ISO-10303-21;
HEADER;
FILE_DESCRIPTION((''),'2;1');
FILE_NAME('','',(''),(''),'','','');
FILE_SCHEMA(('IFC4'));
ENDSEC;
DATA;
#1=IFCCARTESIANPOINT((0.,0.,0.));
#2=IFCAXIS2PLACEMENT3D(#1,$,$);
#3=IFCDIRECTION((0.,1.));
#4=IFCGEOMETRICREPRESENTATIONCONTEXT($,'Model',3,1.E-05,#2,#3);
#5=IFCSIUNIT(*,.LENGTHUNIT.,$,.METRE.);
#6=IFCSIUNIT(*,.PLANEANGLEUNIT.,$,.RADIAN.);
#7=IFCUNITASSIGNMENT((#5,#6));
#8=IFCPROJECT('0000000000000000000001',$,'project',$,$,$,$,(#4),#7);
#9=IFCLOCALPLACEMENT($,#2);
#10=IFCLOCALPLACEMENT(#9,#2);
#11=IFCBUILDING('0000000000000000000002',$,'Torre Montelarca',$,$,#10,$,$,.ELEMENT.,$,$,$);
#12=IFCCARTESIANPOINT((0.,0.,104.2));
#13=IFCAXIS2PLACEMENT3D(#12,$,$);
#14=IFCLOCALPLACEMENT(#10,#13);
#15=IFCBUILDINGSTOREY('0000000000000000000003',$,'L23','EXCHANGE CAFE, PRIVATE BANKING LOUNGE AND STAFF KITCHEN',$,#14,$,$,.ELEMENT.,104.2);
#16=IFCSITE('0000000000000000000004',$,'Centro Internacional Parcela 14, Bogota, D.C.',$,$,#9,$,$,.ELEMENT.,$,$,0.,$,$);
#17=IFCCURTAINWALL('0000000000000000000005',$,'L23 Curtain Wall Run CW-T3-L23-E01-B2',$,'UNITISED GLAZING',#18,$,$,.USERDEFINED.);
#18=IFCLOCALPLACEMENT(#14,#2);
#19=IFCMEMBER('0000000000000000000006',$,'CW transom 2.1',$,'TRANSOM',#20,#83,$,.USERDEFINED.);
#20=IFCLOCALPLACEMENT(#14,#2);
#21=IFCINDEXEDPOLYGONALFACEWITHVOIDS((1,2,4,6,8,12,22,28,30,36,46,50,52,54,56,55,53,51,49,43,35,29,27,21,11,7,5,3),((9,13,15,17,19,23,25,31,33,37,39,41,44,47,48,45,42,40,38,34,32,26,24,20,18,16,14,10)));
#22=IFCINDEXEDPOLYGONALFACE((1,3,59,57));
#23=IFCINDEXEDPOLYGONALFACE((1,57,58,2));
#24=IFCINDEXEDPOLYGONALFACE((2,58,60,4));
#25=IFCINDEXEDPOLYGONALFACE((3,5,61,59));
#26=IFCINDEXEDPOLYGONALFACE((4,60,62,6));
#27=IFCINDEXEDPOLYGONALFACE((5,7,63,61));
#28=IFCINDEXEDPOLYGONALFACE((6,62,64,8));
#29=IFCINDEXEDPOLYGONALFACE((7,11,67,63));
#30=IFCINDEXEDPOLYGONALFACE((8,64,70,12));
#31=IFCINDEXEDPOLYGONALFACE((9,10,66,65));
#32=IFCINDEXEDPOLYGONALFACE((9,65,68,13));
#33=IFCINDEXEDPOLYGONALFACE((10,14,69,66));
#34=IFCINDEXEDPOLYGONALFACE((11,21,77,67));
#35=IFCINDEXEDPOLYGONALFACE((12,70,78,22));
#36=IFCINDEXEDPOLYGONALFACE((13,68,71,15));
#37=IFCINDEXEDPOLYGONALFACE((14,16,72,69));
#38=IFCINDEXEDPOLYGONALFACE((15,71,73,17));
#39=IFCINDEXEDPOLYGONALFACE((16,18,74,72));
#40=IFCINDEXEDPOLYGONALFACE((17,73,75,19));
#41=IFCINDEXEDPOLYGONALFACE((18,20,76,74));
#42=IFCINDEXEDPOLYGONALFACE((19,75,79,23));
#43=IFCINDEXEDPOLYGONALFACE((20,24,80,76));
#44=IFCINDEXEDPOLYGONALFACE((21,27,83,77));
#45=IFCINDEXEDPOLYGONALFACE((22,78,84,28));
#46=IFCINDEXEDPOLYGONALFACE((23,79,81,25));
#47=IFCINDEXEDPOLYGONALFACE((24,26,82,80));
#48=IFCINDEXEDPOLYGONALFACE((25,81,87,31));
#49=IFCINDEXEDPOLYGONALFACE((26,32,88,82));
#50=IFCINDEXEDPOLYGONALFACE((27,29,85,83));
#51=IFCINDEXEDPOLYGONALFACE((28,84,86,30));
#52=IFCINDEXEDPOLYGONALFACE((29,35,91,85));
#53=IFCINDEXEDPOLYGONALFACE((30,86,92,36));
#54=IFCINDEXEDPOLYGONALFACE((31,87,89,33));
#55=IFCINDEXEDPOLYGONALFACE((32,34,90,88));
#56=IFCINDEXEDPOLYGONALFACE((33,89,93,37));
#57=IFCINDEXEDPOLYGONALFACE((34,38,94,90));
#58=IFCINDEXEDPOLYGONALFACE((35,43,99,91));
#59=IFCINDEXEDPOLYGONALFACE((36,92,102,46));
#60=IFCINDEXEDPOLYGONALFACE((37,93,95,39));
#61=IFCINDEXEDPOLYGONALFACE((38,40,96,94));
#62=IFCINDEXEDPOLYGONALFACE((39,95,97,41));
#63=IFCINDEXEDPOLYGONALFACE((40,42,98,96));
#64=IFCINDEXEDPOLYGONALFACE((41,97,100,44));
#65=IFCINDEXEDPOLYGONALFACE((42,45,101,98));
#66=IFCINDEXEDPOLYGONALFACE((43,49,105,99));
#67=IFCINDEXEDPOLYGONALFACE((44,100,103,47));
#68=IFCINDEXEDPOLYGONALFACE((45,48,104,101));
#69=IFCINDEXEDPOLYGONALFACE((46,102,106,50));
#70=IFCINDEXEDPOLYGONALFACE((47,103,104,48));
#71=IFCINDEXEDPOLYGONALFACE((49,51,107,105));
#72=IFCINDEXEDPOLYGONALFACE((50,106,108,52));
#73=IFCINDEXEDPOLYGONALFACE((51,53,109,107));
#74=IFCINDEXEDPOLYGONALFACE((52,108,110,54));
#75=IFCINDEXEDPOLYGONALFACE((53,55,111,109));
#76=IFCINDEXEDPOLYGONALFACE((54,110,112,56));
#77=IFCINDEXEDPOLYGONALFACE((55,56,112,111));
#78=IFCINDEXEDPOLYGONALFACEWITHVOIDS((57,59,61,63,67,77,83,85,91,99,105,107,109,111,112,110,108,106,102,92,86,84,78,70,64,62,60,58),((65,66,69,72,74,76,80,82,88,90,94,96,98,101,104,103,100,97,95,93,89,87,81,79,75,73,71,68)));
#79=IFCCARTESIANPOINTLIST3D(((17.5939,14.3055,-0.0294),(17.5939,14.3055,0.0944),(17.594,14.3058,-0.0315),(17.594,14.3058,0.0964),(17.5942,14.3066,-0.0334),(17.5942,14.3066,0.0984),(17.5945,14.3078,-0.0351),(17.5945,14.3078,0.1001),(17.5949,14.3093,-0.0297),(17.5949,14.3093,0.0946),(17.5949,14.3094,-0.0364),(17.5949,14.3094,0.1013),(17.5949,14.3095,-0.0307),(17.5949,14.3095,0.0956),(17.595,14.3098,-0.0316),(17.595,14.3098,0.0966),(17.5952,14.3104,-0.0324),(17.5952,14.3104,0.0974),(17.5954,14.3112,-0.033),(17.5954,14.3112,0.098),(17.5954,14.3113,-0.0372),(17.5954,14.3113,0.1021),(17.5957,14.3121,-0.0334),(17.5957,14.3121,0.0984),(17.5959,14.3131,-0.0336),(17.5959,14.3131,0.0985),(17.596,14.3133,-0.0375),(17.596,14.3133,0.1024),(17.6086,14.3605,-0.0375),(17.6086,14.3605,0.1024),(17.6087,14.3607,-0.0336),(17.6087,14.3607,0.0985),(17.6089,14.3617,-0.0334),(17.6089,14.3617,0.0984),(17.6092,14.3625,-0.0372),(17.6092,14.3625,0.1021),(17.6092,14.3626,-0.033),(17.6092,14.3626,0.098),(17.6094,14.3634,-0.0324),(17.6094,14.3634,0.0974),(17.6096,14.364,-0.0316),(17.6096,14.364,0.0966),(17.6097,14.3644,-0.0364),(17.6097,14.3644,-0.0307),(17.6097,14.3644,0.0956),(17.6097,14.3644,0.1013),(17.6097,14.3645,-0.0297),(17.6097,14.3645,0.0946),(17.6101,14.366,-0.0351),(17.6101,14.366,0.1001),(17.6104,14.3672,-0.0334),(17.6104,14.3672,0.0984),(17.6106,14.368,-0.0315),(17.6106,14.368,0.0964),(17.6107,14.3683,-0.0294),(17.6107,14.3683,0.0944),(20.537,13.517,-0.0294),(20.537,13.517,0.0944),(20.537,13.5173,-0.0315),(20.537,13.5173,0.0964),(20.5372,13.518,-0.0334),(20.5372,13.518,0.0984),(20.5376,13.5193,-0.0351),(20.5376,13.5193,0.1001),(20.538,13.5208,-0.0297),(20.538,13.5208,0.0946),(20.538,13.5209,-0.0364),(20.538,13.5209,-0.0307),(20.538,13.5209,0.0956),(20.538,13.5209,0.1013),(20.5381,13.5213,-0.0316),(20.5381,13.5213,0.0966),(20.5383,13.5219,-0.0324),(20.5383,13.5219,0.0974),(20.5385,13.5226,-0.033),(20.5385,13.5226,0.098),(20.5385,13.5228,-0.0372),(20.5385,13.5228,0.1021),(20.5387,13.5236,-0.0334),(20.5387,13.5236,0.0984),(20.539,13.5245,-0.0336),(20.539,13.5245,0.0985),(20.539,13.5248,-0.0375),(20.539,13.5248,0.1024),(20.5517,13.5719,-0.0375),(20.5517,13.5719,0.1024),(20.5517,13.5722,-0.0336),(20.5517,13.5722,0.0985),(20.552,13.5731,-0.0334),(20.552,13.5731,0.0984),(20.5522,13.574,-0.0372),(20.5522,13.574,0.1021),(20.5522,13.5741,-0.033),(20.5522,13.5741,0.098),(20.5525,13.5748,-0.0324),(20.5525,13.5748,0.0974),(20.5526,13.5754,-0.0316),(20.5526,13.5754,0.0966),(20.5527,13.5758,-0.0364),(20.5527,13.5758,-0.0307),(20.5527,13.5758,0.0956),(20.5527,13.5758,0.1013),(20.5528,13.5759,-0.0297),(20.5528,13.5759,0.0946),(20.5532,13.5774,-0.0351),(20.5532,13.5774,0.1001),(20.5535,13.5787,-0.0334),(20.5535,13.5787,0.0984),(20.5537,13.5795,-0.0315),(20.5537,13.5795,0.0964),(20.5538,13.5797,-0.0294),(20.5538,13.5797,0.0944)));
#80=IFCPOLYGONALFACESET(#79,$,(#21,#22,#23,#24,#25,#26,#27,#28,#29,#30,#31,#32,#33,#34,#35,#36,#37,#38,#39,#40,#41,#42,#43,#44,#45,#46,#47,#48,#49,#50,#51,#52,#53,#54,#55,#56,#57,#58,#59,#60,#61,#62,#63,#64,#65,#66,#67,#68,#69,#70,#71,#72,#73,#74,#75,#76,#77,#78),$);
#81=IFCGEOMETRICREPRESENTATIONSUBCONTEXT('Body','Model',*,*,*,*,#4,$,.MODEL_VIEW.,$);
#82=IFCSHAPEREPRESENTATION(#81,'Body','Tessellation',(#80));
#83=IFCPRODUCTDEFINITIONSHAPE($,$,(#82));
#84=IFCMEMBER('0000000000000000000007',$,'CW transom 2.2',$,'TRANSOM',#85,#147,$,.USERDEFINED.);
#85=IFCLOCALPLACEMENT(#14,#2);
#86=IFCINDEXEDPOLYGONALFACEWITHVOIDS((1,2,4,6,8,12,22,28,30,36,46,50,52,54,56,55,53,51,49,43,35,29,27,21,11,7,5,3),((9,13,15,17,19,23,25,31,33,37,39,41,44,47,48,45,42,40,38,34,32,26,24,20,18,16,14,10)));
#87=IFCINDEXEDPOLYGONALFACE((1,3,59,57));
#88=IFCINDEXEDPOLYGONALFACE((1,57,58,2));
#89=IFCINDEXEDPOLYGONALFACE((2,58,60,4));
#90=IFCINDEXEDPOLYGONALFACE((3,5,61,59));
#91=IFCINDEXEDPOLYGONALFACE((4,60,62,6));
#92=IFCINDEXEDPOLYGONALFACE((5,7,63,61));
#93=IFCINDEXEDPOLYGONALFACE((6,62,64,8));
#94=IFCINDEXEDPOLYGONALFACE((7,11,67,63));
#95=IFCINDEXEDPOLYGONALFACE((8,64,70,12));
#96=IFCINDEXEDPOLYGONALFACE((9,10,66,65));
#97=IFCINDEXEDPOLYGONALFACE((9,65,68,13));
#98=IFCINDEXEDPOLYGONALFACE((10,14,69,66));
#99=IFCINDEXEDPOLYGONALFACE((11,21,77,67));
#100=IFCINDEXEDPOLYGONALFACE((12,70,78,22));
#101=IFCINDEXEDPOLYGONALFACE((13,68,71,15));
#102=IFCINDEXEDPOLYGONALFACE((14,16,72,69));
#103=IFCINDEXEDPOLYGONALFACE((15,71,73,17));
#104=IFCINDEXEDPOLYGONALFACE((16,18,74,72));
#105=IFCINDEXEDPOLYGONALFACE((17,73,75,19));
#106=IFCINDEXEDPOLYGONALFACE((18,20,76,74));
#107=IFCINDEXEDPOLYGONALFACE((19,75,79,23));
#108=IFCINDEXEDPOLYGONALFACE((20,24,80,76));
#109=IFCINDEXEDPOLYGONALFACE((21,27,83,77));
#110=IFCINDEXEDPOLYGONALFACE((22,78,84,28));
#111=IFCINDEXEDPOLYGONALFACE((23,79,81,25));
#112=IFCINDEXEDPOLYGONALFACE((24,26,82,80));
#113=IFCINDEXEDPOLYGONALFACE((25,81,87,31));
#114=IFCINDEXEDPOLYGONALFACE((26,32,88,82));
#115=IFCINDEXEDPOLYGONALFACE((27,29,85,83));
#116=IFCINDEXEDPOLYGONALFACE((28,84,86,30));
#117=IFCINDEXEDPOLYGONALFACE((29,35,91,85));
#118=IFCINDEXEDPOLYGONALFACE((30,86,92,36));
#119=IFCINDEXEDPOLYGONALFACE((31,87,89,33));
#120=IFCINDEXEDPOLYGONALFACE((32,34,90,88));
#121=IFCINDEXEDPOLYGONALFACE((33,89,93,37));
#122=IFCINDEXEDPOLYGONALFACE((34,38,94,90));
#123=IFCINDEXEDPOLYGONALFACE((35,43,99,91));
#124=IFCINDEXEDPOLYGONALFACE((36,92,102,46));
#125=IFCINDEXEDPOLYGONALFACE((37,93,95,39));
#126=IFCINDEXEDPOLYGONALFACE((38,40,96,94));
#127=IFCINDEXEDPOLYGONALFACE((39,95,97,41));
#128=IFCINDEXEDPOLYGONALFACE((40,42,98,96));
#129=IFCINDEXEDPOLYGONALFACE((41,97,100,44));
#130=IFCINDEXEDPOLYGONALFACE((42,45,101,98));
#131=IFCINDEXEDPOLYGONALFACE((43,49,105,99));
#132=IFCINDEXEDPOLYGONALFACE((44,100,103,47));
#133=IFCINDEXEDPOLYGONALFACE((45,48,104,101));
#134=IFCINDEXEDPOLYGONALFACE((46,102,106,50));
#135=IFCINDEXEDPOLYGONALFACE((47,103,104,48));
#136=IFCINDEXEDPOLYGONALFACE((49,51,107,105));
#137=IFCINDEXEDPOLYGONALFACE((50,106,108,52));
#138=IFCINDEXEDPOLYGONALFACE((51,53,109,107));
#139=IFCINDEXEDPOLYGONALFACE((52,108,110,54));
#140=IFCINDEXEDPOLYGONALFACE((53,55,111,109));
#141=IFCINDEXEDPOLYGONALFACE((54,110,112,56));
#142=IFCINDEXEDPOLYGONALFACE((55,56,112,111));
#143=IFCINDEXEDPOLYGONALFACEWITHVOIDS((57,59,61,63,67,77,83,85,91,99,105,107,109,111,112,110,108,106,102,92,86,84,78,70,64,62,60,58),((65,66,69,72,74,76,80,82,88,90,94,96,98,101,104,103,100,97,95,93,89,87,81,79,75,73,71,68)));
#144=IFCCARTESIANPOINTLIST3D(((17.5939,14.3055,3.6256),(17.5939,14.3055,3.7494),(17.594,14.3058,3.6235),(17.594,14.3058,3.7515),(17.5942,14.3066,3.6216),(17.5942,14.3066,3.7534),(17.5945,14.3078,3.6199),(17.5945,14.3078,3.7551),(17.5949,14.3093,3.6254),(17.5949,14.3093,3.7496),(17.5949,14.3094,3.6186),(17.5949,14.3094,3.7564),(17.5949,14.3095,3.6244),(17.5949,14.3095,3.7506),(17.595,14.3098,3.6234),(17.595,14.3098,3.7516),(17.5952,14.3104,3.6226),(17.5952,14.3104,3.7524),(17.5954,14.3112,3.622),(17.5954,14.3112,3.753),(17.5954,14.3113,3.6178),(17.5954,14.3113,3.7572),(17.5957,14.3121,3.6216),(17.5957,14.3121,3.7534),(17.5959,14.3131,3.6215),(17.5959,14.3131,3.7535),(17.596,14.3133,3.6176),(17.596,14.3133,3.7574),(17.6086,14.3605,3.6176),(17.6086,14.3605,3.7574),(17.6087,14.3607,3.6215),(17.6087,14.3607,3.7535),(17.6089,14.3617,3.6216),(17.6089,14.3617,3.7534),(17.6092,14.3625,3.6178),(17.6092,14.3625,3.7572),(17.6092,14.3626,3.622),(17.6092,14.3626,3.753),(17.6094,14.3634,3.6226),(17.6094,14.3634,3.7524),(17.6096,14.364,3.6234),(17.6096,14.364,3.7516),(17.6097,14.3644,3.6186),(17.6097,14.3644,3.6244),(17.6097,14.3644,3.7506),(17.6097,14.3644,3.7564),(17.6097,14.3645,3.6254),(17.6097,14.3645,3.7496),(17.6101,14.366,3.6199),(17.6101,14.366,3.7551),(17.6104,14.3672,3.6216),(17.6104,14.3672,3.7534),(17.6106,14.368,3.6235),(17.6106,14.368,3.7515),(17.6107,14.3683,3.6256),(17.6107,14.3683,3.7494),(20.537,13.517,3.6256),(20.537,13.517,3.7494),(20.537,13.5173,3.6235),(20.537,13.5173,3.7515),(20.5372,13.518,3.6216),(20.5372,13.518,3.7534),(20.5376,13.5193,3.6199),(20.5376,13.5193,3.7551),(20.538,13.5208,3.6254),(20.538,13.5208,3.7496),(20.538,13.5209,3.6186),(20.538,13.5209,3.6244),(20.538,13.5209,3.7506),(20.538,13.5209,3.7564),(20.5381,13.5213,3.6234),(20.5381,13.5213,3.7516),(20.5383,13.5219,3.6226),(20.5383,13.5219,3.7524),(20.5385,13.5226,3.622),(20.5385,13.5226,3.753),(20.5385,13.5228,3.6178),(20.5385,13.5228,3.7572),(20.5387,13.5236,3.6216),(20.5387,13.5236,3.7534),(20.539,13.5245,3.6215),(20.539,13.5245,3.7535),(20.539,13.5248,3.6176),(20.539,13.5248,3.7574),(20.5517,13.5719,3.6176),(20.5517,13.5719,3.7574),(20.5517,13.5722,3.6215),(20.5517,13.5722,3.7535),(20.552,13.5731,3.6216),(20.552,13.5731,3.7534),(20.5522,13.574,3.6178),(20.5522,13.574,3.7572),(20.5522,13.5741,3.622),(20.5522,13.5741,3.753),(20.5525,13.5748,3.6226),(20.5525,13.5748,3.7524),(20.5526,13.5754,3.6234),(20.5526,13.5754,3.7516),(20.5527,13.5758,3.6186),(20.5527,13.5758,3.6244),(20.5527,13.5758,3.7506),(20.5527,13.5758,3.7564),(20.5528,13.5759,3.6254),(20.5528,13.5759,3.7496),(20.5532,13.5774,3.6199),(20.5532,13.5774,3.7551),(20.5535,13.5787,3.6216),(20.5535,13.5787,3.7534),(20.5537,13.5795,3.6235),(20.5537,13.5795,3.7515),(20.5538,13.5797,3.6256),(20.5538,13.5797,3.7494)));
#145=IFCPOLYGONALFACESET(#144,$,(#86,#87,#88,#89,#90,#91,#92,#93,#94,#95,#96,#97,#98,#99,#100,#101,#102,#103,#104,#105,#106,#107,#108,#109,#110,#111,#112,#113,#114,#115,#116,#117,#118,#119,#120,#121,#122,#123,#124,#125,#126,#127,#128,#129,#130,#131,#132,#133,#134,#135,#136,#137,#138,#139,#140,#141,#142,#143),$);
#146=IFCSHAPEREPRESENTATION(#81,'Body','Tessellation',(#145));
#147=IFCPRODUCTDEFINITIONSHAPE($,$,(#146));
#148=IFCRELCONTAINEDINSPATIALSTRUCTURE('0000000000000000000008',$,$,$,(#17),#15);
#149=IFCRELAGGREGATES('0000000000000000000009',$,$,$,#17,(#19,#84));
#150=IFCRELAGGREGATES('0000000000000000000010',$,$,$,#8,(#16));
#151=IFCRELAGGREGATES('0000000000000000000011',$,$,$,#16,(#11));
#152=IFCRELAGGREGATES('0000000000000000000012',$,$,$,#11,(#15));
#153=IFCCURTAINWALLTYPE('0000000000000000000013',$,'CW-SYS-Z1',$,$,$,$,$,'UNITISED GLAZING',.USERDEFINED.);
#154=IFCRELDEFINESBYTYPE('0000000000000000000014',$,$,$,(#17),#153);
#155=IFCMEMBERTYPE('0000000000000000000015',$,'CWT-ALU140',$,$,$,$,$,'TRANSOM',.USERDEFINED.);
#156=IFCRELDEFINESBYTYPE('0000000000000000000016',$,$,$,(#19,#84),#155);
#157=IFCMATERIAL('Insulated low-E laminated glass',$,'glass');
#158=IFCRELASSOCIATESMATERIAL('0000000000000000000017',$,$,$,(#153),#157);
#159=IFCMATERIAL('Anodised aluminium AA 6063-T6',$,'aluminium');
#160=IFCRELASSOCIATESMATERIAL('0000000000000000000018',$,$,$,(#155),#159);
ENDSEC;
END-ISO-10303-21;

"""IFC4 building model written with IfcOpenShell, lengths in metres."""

from ifc_helpers import new_model, si_unit, direction, frame, origin, origin_2d, place, context, subcontext, project, spatial, hollow_rectangle, extrude, source, transform, mapped, material, material_profile, profile_set, type_object, element, aggregate, save


model = new_model("IFC4")

# Units and contexts
model_context = context("Model", 3, precision=1e-05, world=origin(), true_north=direction((0.0, 1.0)))
body_context = subcontext(model_context, "Body", "Model", "MODEL_VIEW")
ifc_project = project(units=[si_unit("LENGTHUNIT", "METRE"), si_unit("PLANEANGLEUNIT", "RADIAN")], contexts=[model_context])

# Site, building, storey
site_placement = place(None, origin())
site = spatial("IfcSite", under=ifc_project, at=site_placement, Name="Centro Internacional Parcela 14, Bogota, D.C.", CompositionType="ELEMENT", RefElevation=0.0)
building_placement = place(site_placement, origin())
building = spatial("IfcBuilding", under=site, at=building_placement, Name="Torre Montelarca", CompositionType="ELEMENT")
storey_placement = place(building_placement, frame((0.0, 0.0, 104.2)))
storey = spatial("IfcBuildingStorey", under=building, at=storey_placement, Name="L23", Description="EXCHANGE CAFE, PRIVATE BANKING LOUNGE AND STAFF KITCHEN", CompositionType="ELEMENT", Elevation=104.2)

# Curtain wall, members
ifc_material_1 = material(Name="Insulated low-E laminated glass", Category="glass")
curtain_wall_type = type_object("IfcCurtainWallType", Name="CW-SYS-Z1", ElementType="UNITISED GLAZING", PredefinedType="USERDEFINED", material=ifc_material_1)
ifc_material_2 = material(Name="Anodised aluminium AA 6063-T6", Category="aluminium")
ifc_material_profile_1 = material_profile(ifc_material_2, hollow_rectangle(XDim=0.0649, YDim=0.1399, WallThickness=0.0039, InnerFilletRadius=0.0039, OuterFilletRadius=0.0081, at=origin_2d()), Name="ALU65X140X4", Category="aluminium")
ifc_profile_set_1 = profile_set([ifc_material_profile_1], Name="Anodised aluminium AA 6063-T6")
member_type_1 = type_object("IfcMemberType", Name="CWT-ALU140", ElementType="TRANSOM", PredefinedType="USERDEFINED", material=ifc_profile_set_1)
curtain_wall_1_placement = place(storey_placement, origin())
curtain_wall_1 = element("IfcCurtainWall", 1, at=curtain_wall_1_placement, inside=storey, type_object=curtain_wall_type, Name="L23 Curtain Wall Run CW-T3-L23-E01-B2", ObjectType="UNITISED GLAZING", PredefinedType="USERDEFINED")
shared_shape_1 = source(origin(), body_context, "Body", "SweptSolid", [
    extrude(hollow_rectangle(XDim=0.0649, YDim=0.1399, WallThickness=0.0039, InnerFilletRadius=0.0039, OuterFilletRadius=0.0081, at=origin_2d()), origin(), (0.0, 0.0, 1.0), 3.0469),
])
member_1_placement = place(storey_placement, frame((17.6023, 14.3369, 0.0325), z_axis=(0.965928, -0.25881, 0.0), x_axis=(0.25881, 0.965928, 0.0)))
member_1 = element("IfcMember", 2, at=member_1_placement, type_object=member_type_1, Name="CW transom 2.1", ObjectType="TRANSOM", PredefinedType="USERDEFINED", context=body_context, shape_type="MappedRepresentation", body=[
    mapped(shared_shape_1, transform((0.0, 0.0, 0.0), scale=1.0)),
])
member_2_placement = place(storey_placement, frame((17.6023, 14.3369, 3.6875), z_axis=(0.965928, -0.25881, 0.0), x_axis=(0.25881, 0.965928, 0.0)))
member_2 = element("IfcMember", 3, at=member_2_placement, type_object=member_type_1, Name="CW transom 2.2", ObjectType="TRANSOM", PredefinedType="USERDEFINED", context=body_context, shape_type="MappedRepresentation", body=[
    mapped(shared_shape_1, transform((0.0, 0.0, 0.0), scale=1.0)),
])

aggregate(curtain_wall_1, [member_1, member_2])

save(model, "model.ifc")
